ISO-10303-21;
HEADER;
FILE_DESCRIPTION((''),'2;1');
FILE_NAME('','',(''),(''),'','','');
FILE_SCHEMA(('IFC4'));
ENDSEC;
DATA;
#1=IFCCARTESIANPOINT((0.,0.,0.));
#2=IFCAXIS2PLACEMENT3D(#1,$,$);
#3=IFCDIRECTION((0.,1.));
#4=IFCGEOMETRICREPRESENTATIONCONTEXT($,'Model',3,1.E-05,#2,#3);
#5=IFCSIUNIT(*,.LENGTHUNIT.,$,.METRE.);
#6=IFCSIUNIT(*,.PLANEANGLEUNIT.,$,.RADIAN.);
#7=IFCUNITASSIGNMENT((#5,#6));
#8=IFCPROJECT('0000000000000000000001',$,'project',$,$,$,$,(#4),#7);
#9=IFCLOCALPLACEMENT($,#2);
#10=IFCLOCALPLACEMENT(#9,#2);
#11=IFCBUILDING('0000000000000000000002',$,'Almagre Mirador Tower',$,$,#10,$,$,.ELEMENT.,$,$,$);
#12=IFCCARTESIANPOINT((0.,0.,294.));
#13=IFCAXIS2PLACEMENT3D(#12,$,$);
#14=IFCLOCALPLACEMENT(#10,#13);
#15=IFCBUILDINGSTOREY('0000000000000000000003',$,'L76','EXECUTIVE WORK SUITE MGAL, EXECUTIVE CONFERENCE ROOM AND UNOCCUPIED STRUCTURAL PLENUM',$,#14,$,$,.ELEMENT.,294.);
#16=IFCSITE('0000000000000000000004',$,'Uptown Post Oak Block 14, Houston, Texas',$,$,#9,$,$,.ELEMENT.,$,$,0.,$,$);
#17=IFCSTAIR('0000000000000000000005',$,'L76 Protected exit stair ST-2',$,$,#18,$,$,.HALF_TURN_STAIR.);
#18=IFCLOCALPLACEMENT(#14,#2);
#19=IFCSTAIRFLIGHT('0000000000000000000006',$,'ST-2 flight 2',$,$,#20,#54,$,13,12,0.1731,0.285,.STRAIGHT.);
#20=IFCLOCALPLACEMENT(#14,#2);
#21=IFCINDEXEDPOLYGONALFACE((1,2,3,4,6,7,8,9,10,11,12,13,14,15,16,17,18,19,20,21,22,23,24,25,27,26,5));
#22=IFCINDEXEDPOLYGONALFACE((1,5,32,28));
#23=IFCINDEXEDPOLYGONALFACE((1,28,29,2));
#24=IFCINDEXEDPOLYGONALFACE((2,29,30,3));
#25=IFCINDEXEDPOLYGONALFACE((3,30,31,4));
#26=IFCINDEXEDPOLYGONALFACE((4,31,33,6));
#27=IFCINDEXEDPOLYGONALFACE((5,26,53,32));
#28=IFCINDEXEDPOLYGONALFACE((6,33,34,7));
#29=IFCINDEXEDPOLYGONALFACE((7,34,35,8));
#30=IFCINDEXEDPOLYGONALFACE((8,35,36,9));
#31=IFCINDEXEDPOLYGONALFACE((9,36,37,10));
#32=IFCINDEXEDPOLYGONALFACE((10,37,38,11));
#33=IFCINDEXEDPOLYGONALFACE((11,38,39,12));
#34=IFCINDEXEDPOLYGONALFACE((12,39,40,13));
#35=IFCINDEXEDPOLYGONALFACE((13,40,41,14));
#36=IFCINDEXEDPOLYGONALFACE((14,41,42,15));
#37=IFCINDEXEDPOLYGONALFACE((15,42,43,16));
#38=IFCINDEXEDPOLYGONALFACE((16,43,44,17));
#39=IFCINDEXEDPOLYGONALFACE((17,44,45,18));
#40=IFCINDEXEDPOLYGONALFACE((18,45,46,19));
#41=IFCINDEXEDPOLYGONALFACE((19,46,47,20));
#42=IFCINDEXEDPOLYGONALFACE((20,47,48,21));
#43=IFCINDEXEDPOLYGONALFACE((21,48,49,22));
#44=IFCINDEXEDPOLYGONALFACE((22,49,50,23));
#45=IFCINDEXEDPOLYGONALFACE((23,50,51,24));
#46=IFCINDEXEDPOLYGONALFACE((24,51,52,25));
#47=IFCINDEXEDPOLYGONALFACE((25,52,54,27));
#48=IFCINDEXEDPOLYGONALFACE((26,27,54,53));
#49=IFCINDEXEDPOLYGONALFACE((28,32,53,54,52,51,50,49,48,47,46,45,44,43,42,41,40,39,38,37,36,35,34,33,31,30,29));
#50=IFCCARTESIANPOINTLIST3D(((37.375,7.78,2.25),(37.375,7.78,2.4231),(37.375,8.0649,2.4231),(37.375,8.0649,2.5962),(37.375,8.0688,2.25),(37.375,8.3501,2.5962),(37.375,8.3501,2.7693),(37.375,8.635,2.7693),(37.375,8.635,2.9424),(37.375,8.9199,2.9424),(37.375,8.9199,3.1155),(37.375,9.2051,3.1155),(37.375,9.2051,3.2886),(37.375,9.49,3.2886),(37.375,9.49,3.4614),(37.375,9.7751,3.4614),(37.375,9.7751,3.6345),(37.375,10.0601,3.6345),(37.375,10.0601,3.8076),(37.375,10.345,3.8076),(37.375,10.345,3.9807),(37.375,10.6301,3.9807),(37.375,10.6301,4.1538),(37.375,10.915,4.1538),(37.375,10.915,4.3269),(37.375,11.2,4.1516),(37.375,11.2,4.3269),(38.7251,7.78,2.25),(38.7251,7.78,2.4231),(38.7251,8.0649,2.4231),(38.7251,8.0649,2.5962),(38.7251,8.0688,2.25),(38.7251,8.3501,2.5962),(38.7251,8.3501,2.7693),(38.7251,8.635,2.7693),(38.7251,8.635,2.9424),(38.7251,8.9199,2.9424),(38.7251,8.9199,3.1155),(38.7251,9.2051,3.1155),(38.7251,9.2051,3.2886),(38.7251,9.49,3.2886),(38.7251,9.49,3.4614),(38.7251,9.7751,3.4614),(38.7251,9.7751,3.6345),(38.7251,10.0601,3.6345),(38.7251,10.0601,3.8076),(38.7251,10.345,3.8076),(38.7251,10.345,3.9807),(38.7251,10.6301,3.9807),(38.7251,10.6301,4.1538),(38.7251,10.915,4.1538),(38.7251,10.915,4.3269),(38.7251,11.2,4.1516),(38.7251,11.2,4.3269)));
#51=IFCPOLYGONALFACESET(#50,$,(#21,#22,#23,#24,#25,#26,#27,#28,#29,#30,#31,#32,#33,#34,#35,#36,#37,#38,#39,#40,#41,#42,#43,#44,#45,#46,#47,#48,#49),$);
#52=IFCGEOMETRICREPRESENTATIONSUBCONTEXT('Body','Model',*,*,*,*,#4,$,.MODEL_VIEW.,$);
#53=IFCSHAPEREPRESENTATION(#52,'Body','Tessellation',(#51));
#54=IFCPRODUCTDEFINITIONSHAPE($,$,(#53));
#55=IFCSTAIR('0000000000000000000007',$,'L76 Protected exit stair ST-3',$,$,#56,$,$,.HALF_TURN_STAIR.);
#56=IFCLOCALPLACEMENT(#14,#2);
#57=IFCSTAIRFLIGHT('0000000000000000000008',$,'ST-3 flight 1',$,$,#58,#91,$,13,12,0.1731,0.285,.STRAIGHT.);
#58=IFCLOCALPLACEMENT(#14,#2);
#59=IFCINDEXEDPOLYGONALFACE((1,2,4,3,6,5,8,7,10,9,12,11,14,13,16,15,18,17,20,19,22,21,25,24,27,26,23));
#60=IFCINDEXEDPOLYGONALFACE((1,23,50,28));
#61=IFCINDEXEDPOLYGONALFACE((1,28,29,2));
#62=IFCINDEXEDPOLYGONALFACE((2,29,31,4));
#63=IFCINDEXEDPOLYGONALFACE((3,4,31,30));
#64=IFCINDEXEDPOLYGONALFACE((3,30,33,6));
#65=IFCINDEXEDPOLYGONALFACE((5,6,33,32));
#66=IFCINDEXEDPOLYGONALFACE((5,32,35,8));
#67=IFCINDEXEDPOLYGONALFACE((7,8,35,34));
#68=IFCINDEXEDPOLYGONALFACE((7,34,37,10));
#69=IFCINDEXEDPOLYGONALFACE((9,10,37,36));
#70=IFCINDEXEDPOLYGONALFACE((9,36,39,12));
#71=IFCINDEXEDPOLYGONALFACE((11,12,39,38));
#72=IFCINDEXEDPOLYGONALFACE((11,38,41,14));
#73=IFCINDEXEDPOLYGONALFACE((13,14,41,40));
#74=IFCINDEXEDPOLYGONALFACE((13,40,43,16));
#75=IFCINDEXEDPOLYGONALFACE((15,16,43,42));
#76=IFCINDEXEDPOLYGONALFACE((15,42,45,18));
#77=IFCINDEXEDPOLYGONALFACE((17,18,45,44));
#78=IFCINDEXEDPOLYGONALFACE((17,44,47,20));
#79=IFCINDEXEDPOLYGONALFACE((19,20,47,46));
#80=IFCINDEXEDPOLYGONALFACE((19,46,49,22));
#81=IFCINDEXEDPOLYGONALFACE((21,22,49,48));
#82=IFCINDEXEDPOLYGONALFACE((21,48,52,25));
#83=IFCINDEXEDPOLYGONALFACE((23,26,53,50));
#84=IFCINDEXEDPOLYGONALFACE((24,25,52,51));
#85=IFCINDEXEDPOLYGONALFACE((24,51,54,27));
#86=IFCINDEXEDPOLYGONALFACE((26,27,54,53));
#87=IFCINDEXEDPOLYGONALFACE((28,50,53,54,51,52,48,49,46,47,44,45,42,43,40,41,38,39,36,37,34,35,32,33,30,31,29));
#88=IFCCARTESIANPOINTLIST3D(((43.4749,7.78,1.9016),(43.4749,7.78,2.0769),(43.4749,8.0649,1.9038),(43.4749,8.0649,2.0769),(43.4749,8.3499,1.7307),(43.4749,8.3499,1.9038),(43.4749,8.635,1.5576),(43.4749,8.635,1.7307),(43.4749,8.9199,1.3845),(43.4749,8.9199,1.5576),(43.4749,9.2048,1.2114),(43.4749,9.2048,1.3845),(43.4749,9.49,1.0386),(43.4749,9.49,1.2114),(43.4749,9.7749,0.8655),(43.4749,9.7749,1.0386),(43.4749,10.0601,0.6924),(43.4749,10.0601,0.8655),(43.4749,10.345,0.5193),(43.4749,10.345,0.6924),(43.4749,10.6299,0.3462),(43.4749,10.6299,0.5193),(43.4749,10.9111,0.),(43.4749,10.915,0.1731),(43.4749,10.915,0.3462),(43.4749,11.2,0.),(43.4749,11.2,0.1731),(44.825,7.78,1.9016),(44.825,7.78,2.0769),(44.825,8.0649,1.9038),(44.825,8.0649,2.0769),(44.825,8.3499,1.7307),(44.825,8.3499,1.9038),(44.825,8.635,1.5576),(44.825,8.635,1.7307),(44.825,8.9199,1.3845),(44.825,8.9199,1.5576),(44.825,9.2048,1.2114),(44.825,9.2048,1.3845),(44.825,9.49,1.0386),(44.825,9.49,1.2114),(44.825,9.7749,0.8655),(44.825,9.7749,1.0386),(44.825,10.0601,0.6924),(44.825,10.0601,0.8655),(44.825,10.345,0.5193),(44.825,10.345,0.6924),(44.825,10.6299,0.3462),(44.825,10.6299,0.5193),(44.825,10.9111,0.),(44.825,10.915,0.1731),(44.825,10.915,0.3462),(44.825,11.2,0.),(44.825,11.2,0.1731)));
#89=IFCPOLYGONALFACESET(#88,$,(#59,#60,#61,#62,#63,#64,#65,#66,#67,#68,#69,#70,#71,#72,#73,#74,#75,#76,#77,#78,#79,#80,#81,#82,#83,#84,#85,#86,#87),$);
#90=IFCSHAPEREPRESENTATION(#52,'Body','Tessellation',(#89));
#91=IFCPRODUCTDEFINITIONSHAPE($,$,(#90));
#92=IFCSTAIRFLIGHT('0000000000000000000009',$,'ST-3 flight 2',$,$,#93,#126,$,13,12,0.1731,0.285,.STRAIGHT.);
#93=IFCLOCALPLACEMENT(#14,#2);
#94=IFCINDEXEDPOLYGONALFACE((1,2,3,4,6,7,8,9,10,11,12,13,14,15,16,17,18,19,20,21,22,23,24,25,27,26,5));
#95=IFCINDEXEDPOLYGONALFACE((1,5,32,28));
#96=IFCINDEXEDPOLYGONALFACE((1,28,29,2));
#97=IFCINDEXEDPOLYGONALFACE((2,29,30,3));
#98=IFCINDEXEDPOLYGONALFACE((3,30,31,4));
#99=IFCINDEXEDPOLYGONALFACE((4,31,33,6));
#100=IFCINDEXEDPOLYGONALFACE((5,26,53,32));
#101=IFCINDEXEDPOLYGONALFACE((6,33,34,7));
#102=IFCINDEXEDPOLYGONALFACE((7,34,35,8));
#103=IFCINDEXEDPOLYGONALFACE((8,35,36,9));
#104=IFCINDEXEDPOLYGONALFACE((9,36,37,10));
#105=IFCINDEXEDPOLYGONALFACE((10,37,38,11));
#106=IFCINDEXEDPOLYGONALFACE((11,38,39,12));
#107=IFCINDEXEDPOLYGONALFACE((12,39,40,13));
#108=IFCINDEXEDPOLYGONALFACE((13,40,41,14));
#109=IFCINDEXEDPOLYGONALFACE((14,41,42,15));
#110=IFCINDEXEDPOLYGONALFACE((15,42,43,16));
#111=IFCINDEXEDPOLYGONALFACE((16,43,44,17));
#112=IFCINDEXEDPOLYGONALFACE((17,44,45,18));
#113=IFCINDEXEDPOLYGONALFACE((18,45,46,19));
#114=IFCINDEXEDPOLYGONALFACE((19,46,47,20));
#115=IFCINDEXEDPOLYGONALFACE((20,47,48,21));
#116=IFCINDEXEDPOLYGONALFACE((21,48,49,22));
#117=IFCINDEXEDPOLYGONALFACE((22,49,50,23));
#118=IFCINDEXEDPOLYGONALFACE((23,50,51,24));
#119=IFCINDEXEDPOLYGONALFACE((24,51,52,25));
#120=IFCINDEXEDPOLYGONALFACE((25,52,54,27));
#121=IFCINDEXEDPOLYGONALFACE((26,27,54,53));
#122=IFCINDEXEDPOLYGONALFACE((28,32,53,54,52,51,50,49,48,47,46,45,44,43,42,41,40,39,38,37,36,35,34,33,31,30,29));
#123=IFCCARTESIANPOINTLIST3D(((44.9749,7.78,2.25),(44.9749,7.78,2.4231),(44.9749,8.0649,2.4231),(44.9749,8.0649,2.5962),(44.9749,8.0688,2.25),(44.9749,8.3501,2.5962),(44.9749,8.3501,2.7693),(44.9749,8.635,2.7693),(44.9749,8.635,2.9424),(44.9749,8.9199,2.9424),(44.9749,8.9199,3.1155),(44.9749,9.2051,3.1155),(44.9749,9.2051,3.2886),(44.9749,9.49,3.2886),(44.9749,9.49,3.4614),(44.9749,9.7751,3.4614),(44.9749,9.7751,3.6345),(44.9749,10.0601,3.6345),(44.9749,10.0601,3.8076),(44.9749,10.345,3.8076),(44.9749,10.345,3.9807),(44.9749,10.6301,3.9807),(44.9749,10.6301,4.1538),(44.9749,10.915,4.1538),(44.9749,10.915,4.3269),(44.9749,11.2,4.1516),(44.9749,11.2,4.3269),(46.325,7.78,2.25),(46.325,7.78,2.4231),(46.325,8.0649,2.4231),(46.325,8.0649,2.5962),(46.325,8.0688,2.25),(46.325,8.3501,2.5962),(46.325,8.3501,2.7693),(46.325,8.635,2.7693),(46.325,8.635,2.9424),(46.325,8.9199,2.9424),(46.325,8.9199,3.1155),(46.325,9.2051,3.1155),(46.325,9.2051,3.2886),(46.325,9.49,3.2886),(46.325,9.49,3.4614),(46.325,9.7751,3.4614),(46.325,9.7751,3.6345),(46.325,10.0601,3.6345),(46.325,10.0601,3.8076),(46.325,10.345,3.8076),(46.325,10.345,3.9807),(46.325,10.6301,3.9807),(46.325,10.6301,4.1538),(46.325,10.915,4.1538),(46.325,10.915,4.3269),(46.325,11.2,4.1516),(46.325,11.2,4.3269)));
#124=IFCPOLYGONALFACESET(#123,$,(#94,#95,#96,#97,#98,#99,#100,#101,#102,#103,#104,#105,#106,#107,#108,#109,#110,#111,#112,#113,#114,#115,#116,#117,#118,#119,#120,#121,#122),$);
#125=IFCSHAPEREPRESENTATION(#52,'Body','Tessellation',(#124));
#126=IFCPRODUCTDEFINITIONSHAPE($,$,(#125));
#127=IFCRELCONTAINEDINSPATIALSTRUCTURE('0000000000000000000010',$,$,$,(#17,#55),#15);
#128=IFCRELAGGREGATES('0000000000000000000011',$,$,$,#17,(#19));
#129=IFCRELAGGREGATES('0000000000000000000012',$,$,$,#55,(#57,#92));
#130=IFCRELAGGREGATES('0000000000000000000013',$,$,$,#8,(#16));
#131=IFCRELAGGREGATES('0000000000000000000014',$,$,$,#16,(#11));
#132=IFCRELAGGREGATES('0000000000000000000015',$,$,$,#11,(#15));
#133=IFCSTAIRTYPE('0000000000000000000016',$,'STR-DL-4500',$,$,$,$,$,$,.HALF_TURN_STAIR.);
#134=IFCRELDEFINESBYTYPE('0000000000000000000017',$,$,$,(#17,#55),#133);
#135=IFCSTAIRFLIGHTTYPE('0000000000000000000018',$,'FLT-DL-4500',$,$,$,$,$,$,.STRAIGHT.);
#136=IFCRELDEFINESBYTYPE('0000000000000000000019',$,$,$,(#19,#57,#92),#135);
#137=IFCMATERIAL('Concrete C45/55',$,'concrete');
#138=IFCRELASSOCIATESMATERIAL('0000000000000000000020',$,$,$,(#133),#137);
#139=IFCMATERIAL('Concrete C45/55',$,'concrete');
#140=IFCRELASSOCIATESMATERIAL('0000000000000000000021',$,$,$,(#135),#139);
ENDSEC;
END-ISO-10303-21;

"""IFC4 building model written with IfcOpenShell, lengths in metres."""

from ifc_helpers import new_model, si_unit, direction, frame, origin, place, context, subcontext, project, spatial, polyline, outline, extrude, material, type_object, element, aggregate, save


model = new_model("IFC4")

# Units and contexts
model_context = context("Model", 3, precision=1e-05, world=origin(), true_north=direction((0.0, 1.0)))
body_context = subcontext(model_context, "Body", "Model", "MODEL_VIEW")
ifc_project = project(units=[si_unit("LENGTHUNIT", "METRE"), si_unit("PLANEANGLEUNIT", "RADIAN")], contexts=[model_context])

# Site, building, storey
site_placement = place(None, origin())
site = spatial("IfcSite", under=ifc_project, at=site_placement, Name="Uptown Post Oak Block 14, Houston, Texas", CompositionType="ELEMENT", RefElevation=0.0)
building_placement = place(site_placement, origin())
building = spatial("IfcBuilding", under=site, at=building_placement, Name="Almagre Mirador Tower", CompositionType="ELEMENT")
storey_placement = place(building_placement, frame((0.0, 0.0, 294.0)))
storey = spatial("IfcBuildingStorey", under=building, at=storey_placement, Name="L76", Description="EXECUTIVE WORK SUITE MGAL, EXECUTIVE CONFERENCE ROOM AND UNOCCUPIED STRUCTURAL PLENUM", CompositionType="ELEMENT", Elevation=294.0)

# Stairs, stair flights
ifc_material_1 = material(Name="Concrete C45/55", Category="concrete")
stair_type = type_object("IfcStairType", Name="STR-DL-4500", PredefinedType="HALF_TURN_STAIR", material=ifc_material_1)
stair_1_placement = place(storey_placement, origin())
stair_1 = element("IfcStair", 1, at=stair_1_placement, inside=storey, type_object=stair_type, Name="L76 Protected exit stair ST-2", PredefinedType="HALF_TURN_STAIR")
ifc_material_2 = material(Name="Concrete C45/55", Category="concrete")
stair_flight_type = type_object("IfcStairFlightType", Name="FLT-DL-4500", PredefinedType="STRAIGHT", material=ifc_material_2)
stair_flight_1_placement = place(storey_placement, frame((38.05, 7.78, 2.25), z_axis=(0.0, 0.0, 1.0), x_axis=(0.0, 1.0, 0.0)))
stair_flight_1 = element("IfcStairFlight", 2, at=stair_flight_1_placement, type_object=stair_flight_type, Name="ST-2 flight 2", NumberOfRisers=13, NumberOfTreads=12, PredefinedType="STRAIGHT", RiserHeight=0.1731, TreadLength=0.285, context=body_context, shape_type="SweptSolid", body=[
    extrude(outline(polyline([(0.0, 0.0), (0.0, 0.1731), (0.2849, 0.1731), (0.2849, 0.3462), (0.5701, 0.3462), (0.5701, 0.5193), (0.855, 0.5193), (0.855, 0.6924), (1.1399, 0.6924), (1.1399, 0.8655), (1.425, 0.8655), (1.425, 1.0386), (1.71, 1.0386), (1.71, 1.2114), (1.9951, 1.2114), (1.9951, 1.3845), (2.28, 1.3845), (2.28, 1.5576), (2.5649, 1.5576), (2.5649, 1.7307), (2.8501, 1.7307), (2.8501, 1.9038), (3.135, 1.9038), (3.135, 2.0769), (3.4199, 2.0769), (3.4199, 2.25), (3.4199, 1.9016), (0.2888, 0.0), (0.0, 0.0)])), frame((0.0, 0.675, 0.0), z_axis=(0.0, -1.0, 0.0), x_axis=(1.0, 0.0, 0.0)), (0.0, 0.0, 1.0), 1.3501),
])
aggregate(stair_1, [stair_flight_1])
stair_2_placement = place(storey_placement, origin())
stair_2 = element("IfcStair", 3, at=stair_2_placement, inside=storey, type_object=stair_type, Name="L76 Protected exit stair ST-3", PredefinedType="HALF_TURN_STAIR")
stair_flight_2_placement = place(storey_placement, frame((44.1499, 11.2, 0.0), z_axis=(0.0, 0.0, 1.0), x_axis=(0.0, -1.0, 0.0)))
stair_flight_2 = element("IfcStairFlight", 4, at=stair_flight_2_placement, type_object=stair_flight_type, Name="ST-3 flight 1", NumberOfRisers=13, NumberOfTreads=12, PredefinedType="STRAIGHT", RiserHeight=0.1731, TreadLength=0.285, context=body_context, shape_type="SweptSolid", body=[
    extrude(outline(polyline([(0.0, 0.0), (0.0, 0.1731), (0.2849, 0.1731), (0.2849, 0.3462), (0.5701, 0.3462), (0.5701, 0.5193), (0.855, 0.5193), (0.855, 0.6924), (1.1399, 0.6924), (1.1399, 0.8655), (1.425, 0.8655), (1.425, 1.0386), (1.71, 1.0386), (1.71, 1.2114), (1.9951, 1.2114), (1.9951, 1.3845), (2.28, 1.3845), (2.28, 1.5576), (2.5649, 1.5576), (2.5649, 1.7307), (2.8501, 1.7307), (2.8501, 1.9038), (3.135, 1.9038), (3.135, 2.0769), (3.4199, 2.0769), (3.4199, 2.25), (3.4199, 1.9016), (0.2888, 0.0), (0.0, 0.0)])), frame((0.0, 0.675, 0.0), z_axis=(0.0, -1.0, 0.0), x_axis=(1.0, 0.0, 0.0)), (0.0, 0.0, 1.0), 1.3501),
])
stair_flight_3_placement = place(storey_placement, frame((45.6499, 7.78, 2.25), z_axis=(0.0, 0.0, 1.0), x_axis=(0.0, 1.0, 0.0)))
stair_flight_3 = element("IfcStairFlight", 5, at=stair_flight_3_placement, type_object=stair_flight_type, Name="ST-3 flight 2", NumberOfRisers=13, NumberOfTreads=12, PredefinedType="STRAIGHT", RiserHeight=0.1731, TreadLength=0.285, context=body_context, shape_type="SweptSolid", body=[
    extrude(outline(polyline([(0.0, 0.0), (0.0, 0.1731), (0.2849, 0.1731), (0.2849, 0.3462), (0.5701, 0.3462), (0.5701, 0.5193), (0.855, 0.5193), (0.855, 0.6924), (1.1399, 0.6924), (1.1399, 0.8655), (1.425, 0.8655), (1.425, 1.0386), (1.71, 1.0386), (1.71, 1.2114), (1.9951, 1.2114), (1.9951, 1.3845), (2.28, 1.3845), (2.28, 1.5576), (2.5649, 1.5576), (2.5649, 1.7307), (2.8501, 1.7307), (2.8501, 1.9038), (3.135, 1.9038), (3.135, 2.0769), (3.4199, 2.0769), (3.4199, 2.25), (3.4199, 1.9016), (0.2888, 0.0), (0.0, 0.0)])), frame((0.0, 0.675, 0.0), z_axis=(0.0, -1.0, 0.0), x_axis=(1.0, 0.0, 0.0)), (0.0, 0.0, 1.0), 1.3501),
])
aggregate(stair_2, [stair_flight_2, stair_flight_3])

save(model, "model.ifc")
